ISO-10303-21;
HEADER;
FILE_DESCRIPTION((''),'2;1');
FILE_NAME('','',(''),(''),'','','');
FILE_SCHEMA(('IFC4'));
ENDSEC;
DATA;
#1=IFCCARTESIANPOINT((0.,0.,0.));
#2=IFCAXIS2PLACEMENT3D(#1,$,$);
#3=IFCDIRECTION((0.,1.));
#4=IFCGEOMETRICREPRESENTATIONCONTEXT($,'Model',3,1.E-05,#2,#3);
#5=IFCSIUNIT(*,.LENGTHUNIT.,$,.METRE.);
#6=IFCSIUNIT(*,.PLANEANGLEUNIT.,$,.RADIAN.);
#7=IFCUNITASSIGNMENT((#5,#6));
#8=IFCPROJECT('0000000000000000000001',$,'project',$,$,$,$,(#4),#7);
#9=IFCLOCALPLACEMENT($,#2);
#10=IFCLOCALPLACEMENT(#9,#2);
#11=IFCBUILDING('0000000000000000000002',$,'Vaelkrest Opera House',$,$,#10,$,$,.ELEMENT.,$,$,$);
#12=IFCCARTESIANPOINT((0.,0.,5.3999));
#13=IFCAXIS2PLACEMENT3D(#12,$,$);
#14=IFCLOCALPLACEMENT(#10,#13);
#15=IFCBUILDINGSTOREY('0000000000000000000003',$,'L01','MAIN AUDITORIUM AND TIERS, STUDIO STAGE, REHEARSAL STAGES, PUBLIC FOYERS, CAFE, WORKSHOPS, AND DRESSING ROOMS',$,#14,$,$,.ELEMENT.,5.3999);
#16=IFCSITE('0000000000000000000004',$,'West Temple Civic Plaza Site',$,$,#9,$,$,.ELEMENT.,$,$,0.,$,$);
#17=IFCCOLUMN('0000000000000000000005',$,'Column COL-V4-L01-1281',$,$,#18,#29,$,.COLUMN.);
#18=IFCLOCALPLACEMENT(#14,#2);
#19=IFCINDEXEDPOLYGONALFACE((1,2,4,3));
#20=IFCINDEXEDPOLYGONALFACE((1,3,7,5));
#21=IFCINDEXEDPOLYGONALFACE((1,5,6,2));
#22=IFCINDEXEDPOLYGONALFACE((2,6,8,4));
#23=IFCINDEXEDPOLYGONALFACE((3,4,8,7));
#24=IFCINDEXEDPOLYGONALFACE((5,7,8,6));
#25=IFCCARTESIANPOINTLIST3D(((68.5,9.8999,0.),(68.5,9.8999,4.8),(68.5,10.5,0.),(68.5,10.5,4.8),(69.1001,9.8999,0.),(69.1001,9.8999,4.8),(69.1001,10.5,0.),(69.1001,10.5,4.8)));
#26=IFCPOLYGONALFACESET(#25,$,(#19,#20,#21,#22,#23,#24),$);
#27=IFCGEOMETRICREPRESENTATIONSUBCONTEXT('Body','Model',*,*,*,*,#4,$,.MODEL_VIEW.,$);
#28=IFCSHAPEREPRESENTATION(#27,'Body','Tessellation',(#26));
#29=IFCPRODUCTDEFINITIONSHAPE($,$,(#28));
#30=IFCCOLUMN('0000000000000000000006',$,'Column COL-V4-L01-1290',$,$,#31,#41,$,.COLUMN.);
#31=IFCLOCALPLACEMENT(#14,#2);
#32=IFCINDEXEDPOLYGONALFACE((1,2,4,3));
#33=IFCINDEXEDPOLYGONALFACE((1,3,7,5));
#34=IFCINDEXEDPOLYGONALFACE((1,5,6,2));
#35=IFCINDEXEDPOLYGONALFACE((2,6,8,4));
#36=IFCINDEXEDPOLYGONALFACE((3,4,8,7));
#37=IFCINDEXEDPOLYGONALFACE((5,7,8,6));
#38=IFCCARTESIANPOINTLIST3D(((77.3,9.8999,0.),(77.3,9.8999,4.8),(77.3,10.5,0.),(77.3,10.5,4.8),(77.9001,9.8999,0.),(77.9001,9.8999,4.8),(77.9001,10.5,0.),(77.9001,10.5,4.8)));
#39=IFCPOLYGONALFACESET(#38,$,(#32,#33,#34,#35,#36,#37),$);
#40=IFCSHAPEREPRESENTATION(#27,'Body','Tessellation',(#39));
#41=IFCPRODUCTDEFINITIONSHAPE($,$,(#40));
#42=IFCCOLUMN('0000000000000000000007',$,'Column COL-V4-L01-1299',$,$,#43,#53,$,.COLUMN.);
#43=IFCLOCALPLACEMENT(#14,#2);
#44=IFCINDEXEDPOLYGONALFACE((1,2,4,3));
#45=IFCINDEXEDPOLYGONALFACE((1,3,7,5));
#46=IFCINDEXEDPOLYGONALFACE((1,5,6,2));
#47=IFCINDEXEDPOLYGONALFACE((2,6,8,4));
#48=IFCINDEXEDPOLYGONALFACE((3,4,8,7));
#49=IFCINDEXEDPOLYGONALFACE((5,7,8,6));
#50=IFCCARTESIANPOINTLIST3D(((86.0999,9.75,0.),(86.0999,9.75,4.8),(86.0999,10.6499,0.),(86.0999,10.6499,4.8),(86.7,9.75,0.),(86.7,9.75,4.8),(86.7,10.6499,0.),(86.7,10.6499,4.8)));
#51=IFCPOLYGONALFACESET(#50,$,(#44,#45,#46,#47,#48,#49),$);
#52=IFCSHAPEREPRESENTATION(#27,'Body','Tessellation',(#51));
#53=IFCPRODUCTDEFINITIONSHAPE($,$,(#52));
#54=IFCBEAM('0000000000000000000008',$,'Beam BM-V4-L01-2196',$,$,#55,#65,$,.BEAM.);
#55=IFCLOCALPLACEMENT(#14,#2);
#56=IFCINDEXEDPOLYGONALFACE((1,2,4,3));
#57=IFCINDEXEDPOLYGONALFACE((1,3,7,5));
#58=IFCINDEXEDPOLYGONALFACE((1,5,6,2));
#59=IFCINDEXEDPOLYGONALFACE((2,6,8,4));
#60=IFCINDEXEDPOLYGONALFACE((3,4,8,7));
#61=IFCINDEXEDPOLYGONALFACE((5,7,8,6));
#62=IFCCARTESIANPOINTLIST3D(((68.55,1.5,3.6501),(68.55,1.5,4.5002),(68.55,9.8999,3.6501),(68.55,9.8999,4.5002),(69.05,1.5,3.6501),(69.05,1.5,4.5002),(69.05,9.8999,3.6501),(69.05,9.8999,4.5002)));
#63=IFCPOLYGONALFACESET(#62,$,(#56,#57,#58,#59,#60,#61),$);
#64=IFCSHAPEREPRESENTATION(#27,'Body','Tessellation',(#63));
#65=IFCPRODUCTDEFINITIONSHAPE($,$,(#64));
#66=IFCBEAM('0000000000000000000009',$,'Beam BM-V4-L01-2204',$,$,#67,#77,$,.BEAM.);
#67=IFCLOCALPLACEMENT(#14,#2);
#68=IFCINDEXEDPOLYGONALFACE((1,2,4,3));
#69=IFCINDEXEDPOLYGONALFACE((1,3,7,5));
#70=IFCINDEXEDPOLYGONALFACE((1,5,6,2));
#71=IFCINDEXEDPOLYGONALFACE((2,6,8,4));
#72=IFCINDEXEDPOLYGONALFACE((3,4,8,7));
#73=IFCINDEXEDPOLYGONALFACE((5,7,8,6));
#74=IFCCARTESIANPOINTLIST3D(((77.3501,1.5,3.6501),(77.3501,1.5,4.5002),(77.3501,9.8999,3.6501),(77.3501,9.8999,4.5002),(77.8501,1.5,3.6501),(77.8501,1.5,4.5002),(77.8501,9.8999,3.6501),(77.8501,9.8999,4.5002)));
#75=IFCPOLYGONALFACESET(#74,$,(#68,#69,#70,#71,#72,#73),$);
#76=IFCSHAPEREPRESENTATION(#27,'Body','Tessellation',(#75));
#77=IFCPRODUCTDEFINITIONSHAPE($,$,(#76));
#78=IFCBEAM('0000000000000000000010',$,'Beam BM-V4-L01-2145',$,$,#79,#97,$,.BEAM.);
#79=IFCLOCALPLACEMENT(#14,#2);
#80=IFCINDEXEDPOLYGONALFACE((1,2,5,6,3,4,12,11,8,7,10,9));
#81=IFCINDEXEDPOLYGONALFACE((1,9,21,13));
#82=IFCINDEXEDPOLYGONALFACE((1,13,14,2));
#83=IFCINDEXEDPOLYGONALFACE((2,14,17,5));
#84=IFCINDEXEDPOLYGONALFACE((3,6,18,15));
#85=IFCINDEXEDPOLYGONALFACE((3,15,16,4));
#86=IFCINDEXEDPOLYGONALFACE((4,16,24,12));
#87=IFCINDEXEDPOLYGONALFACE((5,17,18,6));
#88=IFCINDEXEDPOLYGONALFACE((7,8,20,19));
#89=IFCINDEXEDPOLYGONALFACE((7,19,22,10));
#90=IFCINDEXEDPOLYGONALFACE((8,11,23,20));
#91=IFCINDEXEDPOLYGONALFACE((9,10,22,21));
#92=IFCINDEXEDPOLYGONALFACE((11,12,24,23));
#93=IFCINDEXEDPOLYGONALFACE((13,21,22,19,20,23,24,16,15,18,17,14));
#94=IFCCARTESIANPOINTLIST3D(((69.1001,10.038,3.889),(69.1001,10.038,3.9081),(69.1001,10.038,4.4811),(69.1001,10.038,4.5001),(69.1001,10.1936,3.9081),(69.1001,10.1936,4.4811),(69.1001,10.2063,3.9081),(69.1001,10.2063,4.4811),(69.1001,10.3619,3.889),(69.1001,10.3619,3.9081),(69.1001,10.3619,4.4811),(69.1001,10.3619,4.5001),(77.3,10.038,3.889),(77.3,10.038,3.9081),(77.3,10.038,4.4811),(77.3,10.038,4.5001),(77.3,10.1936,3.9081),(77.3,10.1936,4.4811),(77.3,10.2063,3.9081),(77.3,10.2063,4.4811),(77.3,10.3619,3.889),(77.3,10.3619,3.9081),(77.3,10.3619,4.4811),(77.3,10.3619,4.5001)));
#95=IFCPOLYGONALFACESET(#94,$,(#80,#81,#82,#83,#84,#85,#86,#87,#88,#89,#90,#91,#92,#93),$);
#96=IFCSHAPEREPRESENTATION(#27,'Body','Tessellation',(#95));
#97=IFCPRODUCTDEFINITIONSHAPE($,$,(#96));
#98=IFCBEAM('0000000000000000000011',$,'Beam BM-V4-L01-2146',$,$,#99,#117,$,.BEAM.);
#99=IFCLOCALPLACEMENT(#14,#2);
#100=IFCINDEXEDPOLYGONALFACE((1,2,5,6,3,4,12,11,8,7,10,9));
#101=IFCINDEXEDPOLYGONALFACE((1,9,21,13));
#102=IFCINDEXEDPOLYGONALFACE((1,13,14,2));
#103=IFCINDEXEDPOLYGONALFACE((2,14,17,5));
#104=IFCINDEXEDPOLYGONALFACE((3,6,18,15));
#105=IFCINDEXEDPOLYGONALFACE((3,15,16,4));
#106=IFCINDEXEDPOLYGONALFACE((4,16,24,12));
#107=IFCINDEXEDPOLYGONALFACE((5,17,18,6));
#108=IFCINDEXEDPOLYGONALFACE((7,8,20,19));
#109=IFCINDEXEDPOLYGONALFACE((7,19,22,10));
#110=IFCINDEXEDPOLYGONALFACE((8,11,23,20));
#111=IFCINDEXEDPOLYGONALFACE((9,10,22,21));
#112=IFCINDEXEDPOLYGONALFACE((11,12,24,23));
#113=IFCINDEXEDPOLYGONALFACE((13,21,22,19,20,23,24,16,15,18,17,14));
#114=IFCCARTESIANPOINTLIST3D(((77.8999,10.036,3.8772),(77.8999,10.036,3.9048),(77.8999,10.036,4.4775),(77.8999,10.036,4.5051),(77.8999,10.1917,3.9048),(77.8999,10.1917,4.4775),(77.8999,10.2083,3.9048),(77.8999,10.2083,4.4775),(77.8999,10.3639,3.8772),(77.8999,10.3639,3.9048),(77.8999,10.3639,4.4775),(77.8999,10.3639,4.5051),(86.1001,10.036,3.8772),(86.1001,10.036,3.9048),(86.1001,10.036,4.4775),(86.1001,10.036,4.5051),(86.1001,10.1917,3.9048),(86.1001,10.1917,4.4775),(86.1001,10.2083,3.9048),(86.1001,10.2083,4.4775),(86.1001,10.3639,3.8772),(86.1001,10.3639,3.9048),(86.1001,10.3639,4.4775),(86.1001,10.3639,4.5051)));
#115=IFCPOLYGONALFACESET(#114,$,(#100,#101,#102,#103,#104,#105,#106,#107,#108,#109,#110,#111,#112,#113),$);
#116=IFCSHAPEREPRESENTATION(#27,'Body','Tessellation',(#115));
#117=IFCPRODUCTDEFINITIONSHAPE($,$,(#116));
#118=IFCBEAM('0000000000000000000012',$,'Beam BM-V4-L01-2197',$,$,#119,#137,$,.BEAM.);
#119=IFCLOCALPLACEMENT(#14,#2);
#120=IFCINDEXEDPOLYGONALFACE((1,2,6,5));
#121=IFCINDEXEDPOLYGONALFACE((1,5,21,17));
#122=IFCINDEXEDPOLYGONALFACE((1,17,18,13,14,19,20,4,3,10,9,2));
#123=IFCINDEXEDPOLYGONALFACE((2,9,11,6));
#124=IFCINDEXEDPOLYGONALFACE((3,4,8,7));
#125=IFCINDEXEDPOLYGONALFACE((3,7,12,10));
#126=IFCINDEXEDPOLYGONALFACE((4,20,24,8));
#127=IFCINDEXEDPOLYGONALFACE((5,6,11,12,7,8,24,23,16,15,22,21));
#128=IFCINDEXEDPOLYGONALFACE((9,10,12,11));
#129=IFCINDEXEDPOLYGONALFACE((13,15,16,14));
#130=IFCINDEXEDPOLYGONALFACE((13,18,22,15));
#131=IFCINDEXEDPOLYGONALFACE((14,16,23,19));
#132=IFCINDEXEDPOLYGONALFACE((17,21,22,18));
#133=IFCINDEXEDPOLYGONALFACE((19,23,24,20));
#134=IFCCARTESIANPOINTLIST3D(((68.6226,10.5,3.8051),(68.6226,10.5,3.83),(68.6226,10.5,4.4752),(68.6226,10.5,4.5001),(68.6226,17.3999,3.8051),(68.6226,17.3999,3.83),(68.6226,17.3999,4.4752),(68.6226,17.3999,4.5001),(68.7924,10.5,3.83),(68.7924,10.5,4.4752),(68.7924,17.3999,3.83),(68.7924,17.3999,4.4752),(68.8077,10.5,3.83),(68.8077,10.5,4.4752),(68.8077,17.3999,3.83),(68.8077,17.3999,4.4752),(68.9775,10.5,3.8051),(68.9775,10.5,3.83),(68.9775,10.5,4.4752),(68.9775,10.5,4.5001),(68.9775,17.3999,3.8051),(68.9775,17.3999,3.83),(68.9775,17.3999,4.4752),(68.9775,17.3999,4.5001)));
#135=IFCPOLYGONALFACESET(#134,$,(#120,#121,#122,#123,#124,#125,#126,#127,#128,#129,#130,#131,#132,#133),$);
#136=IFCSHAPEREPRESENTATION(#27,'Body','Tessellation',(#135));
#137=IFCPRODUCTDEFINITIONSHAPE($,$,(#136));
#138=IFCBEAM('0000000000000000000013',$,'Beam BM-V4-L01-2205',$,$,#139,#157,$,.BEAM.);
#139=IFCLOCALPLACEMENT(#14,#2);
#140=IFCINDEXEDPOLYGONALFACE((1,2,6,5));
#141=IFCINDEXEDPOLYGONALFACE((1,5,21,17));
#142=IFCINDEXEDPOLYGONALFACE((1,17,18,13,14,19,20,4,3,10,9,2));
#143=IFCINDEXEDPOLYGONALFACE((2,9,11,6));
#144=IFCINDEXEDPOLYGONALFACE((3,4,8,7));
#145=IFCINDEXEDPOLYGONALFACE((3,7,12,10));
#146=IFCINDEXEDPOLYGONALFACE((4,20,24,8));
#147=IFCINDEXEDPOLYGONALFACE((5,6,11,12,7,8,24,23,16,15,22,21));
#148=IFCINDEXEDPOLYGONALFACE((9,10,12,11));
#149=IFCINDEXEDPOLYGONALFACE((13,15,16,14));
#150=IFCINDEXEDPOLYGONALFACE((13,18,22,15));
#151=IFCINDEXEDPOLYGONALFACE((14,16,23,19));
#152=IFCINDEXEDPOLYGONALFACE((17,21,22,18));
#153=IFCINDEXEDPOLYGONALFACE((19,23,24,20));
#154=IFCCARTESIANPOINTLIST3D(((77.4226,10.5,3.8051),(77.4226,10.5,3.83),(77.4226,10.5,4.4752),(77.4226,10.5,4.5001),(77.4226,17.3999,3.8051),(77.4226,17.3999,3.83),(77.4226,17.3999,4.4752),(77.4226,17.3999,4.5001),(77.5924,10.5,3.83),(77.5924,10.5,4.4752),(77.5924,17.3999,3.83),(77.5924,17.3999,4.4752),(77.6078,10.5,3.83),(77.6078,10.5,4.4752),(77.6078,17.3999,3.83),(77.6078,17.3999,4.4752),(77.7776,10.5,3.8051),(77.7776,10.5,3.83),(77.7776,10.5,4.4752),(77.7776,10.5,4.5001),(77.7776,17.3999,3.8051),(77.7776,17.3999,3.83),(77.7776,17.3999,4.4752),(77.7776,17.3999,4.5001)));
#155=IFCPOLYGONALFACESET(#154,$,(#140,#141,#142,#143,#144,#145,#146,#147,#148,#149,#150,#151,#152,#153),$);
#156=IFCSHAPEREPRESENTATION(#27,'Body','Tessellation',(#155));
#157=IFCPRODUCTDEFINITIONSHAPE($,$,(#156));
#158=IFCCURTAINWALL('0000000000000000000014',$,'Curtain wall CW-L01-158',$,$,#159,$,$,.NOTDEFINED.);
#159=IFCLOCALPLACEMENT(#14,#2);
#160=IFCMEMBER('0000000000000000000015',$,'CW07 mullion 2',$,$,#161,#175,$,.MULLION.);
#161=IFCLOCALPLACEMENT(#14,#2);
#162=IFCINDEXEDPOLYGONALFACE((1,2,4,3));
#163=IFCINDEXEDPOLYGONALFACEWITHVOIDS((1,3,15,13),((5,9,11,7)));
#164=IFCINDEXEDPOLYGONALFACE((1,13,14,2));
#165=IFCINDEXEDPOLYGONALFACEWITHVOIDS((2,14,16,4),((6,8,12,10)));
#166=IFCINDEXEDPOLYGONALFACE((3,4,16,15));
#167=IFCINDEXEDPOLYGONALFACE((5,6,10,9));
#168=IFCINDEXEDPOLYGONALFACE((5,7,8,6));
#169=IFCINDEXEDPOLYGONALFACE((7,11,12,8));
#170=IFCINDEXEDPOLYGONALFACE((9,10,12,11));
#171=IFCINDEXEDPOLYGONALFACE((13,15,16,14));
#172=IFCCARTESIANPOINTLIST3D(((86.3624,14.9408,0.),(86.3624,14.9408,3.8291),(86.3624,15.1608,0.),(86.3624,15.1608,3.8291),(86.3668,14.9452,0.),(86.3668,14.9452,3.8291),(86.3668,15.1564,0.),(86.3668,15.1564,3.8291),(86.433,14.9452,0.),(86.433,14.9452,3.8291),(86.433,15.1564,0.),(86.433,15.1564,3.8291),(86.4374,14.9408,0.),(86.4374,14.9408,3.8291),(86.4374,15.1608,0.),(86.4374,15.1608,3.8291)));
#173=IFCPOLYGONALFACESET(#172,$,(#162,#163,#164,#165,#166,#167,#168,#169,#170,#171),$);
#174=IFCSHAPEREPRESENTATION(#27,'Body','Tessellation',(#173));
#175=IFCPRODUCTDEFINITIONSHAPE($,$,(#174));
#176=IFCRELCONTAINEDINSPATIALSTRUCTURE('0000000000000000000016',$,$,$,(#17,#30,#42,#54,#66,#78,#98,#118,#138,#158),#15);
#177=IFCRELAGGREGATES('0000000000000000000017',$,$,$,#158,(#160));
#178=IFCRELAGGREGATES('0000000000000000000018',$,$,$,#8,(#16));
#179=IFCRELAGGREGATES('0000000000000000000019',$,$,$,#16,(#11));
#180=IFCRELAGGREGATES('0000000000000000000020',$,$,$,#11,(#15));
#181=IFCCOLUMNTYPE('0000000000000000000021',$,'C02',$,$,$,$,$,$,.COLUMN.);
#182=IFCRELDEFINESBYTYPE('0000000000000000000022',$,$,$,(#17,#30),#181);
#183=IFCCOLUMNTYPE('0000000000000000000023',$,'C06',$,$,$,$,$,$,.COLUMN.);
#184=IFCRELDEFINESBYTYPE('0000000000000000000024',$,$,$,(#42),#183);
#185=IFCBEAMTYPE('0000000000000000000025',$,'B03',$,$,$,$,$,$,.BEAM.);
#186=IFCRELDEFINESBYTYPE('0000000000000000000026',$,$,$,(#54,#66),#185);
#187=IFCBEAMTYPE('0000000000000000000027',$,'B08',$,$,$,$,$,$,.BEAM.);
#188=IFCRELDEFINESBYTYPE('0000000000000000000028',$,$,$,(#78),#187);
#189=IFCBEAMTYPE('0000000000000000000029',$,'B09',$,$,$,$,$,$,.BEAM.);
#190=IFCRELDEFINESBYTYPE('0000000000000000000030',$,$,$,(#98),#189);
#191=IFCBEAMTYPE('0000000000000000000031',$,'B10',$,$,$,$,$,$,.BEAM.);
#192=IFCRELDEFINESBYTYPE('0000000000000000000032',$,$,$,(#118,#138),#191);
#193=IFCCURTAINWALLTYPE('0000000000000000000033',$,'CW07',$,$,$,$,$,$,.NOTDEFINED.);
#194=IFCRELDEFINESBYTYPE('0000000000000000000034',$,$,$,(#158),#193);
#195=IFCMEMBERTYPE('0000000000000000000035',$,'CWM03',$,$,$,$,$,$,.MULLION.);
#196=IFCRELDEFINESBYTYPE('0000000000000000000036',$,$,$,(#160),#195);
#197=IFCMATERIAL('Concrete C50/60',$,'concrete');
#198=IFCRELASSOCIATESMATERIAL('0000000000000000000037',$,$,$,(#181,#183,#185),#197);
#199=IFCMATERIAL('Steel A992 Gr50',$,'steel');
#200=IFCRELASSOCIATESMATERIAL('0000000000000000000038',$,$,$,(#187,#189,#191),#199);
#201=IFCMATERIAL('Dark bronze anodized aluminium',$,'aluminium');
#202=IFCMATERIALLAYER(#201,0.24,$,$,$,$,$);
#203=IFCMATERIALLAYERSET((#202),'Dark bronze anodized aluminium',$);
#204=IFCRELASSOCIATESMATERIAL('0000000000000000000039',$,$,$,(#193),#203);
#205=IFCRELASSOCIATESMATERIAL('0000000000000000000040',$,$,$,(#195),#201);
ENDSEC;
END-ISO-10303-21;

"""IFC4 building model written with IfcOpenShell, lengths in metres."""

from ifc_helpers import new_model, si_unit, direction, frame, origin, origin_2d, place, context, subcontext, project, spatial, rectangle, hollow_rectangle, i_section, extrude, material, layer, layer_set, material_profile, profile_set, type_object, element, aggregate, save


model = new_model("IFC4")

# Units and contexts
model_context = context("Model", 3, precision=1e-05, world=origin(), true_north=direction((0.0, 1.0)))
body_context = subcontext(model_context, "Body", "Model", "MODEL_VIEW")
ifc_project = project(units=[si_unit("LENGTHUNIT", "METRE"), si_unit("PLANEANGLEUNIT", "RADIAN")], contexts=[model_context])

# Site, building, storey
site_placement = place(None, origin())
site = spatial("IfcSite", under=ifc_project, at=site_placement, Name="West Temple Civic Plaza Site", CompositionType="ELEMENT", RefElevation=0.0)
building_placement = place(site_placement, origin())
building = spatial("IfcBuilding", under=site, at=building_placement, Name="Vaelkrest Opera House", CompositionType="ELEMENT")
storey_placement = place(building_placement, frame((0.0, 0.0, 5.3999)))
storey = spatial("IfcBuildingStorey", under=building, at=storey_placement, Name="L01", Description="MAIN AUDITORIUM AND TIERS, STUDIO STAGE, REHEARSAL STAGES, PUBLIC FOYERS, CAFE, WORKSHOPS, AND DRESSING ROOMS", CompositionType="ELEMENT", Elevation=5.3999)

# Columns
ifc_material_1 = material(Name="Concrete C50/60", Category="concrete")
ifc_material_profile_1 = material_profile(ifc_material_1, rectangle(XDim=0.6001, YDim=0.6001, at=origin_2d()), Name="RC600X600")
ifc_profile_set_1 = profile_set([ifc_material_profile_1], Name="Concrete C50/60")
column_type_1 = type_object("IfcColumnType", Name="C02", PredefinedType="COLUMN", material=ifc_profile_set_1)
for number, where, z_axis, x_axis, name in (
    (1, (68.8, 10.2, 0.0), (0.0, 0.0, 1.0), (1.0, 0.0, 0.0), "Column COL-V4-L01-1281"),
    (2, (77.6001, 10.2, 0.0), (0.0, 0.0, 1.0), (1.0, 0.0, 0.0), "Column COL-V4-L01-1290"),
):
    element("IfcColumn", number, at=place(storey_placement, frame(where, z_axis=z_axis, x_axis=x_axis)), inside=storey, type_object=column_type_1, Name=name, PredefinedType="COLUMN", context=body_context, shape_type="SweptSolid", body=[
        extrude(rectangle(XDim=0.6001, YDim=0.6001, at=origin_2d()), origin(), (0.0, 0.0, 1.0), 4.8),
    ])
ifc_material_profile_2 = material_profile(ifc_material_1, rectangle(XDim=0.6001, YDim=0.8999, at=origin_2d()), Name="RC600X900")
ifc_profile_set_2 = profile_set([ifc_material_profile_2], Name="Concrete C50/60")
column_type_2 = type_object("IfcColumnType", Name="C06", PredefinedType="COLUMN", material=ifc_profile_set_2)
column_placement = place(storey_placement, frame((86.3999, 10.2, 0.0), z_axis=(0.0, 0.0, 1.0), x_axis=(1.0, 0.0, 0.0)))
element("IfcColumn", 3, at=column_placement, inside=storey, type_object=column_type_2, Name="Column COL-V4-L01-1299", PredefinedType="COLUMN", context=body_context, shape_type="SweptSolid", body=[
    extrude(rectangle(XDim=0.6001, YDim=0.8999, at=origin_2d()), origin(), (0.0, 0.0, 1.0), 4.8),
])

# Beams
ifc_material_profile_3 = material_profile(ifc_material_1, rectangle(XDim=0.5, YDim=0.8501, at=origin_2d()), Name="RCB500X850")
ifc_profile_set_3 = profile_set([ifc_material_profile_3], Name="Concrete C50/60")
beam_type_1 = type_object("IfcBeamType", Name="B03", PredefinedType="BEAM", material=ifc_profile_set_3)
for number, where, z_axis, x_axis, name in (
    (4, (68.8, 1.5, 4.0752), (0.0, 1.0, 0.0), (-1.0, 0.0, 0.0), "Beam BM-V4-L01-2196"),
    (5, (77.6001, 1.5, 4.0752), (0.0, 1.0, 0.0), (-1.0, 0.0, 0.0), "Beam BM-V4-L01-2204"),
):
    element("IfcBeam", number, at=place(storey_placement, frame(where, z_axis=z_axis, x_axis=x_axis)), inside=storey, type_object=beam_type_1, Name=name, PredefinedType="BEAM", context=body_context, shape_type="SweptSolid", body=[
        extrude(rectangle(XDim=0.5, YDim=0.8501, at=origin_2d()), origin(), (0.0, 0.0, 1.0), 8.3999),
    ])
ifc_material_2 = material(Name="Steel A992 Gr50", Category="steel")
ifc_material_profile_4 = material_profile(ifc_material_2, i_section(OverallWidth=0.324, OverallDepth=0.6111, WebThickness=0.0127, FlangeThickness=0.019, at=origin_2d()), Name="W24X104")
ifc_profile_set_4 = profile_set([ifc_material_profile_4], Name="Steel A992 Gr50")
beam_type_2 = type_object("IfcBeamType", Name="B08", PredefinedType="BEAM", material=ifc_profile_set_4)
beam_1_placement = place(storey_placement, frame((69.1001, 10.2, 4.1946), z_axis=(1.0, 0.0, 0.0), x_axis=(0.0, 1.0, 0.0)))
element("IfcBeam", 6, at=beam_1_placement, inside=storey, type_object=beam_type_2, Name="Beam BM-V4-L01-2145", PredefinedType="BEAM", context=body_context, shape_type="SweptSolid", body=[
    extrude(i_section(OverallWidth=0.324, OverallDepth=0.6111, WebThickness=0.0127, FlangeThickness=0.019, at=origin_2d()), origin(), (0.0, 0.0, 1.0), 8.2),
])
ifc_material_profile_5 = material_profile(ifc_material_2, i_section(OverallWidth=0.3279, OverallDepth=0.6279, WebThickness=0.0166, FlangeThickness=0.0276, at=origin_2d()), Name="W24X146")
ifc_profile_set_5 = profile_set([ifc_material_profile_5], Name="Steel A992 Gr50")
beam_type_3 = type_object("IfcBeamType", Name="B09", PredefinedType="BEAM", material=ifc_profile_set_5)
beam_2_placement = place(storey_placement, frame((77.8999, 10.2, 4.1912), z_axis=(1.0, 0.0, 0.0), x_axis=(0.0, 1.0, 0.0)))
element("IfcBeam", 7, at=beam_2_placement, inside=storey, type_object=beam_type_3, Name="Beam BM-V4-L01-2146", PredefinedType="BEAM", context=body_context, shape_type="SweptSolid", body=[
    extrude(i_section(OverallWidth=0.3279, OverallDepth=0.6279, WebThickness=0.0166, FlangeThickness=0.0276, at=origin_2d()), origin(), (0.0, 0.0, 1.0), 8.2002),
])
ifc_material_profile_6 = material_profile(ifc_material_2, i_section(OverallWidth=0.355, OverallDepth=0.6951, WebThickness=0.0154, FlangeThickness=0.0249, at=origin_2d()), Name="W27X146")
ifc_profile_set_6 = profile_set([ifc_material_profile_6], Name="Steel A992 Gr50")
beam_type_4 = type_object("IfcBeamType", Name="B10", PredefinedType="BEAM", material=ifc_profile_set_6)
for number, where, z_axis, x_axis, name in (
    (8, (68.8, 10.5, 4.1526), (0.0, 1.0, 0.0), (-1.0, 0.0, 0.0), "Beam BM-V4-L01-2197"),
    (9, (77.6001, 10.5, 4.1526), (0.0, 1.0, 0.0), (-1.0, 0.0, 0.0), "Beam BM-V4-L01-2205"),
):
    element("IfcBeam", number, at=place(storey_placement, frame(where, z_axis=z_axis, x_axis=x_axis)), inside=storey, type_object=beam_type_4, Name=name, PredefinedType="BEAM", context=body_context, shape_type="SweptSolid", body=[
        extrude(i_section(OverallWidth=0.355, OverallDepth=0.6951, WebThickness=0.0154, FlangeThickness=0.0249, at=origin_2d()), origin(), (0.0, 0.0, 1.0), 6.8999),
    ])

# Curtain wall, member
ifc_material_3 = material(Name="Dark bronze anodized aluminium", Category="aluminium")
ifc_layer_1 = layer(ifc_material_3, 0.24)
ifc_layer_set_1 = layer_set([ifc_layer_1], Name="Dark bronze anodized aluminium")
curtain_wall_type = type_object("IfcCurtainWallType", Name="CW07", PredefinedType="NOTDEFINED", material=ifc_layer_set_1)
curtain_wall_placement = place(storey_placement, origin())
curtain_wall = element("IfcCurtainWall", 10, at=curtain_wall_placement, inside=storey, type_object=curtain_wall_type, Name="Curtain wall CW-L01-158", PredefinedType="NOTDEFINED")
ifc_material_profile_7 = material_profile(ifc_material_3, hollow_rectangle(XDim=0.075, YDim=0.22, WallThickness=0.0044, at=origin_2d()), Name="CWM75X220")
ifc_profile_set_7 = profile_set([ifc_material_profile_7], Name="Dark bronze anodized aluminium")
member_type_1 = type_object("IfcMemberType", Name="CWM03", PredefinedType="MULLION", material=ifc_profile_set_7)
member_1_placement = place(storey_placement, frame((86.3999, 15.0508, 0.0), z_axis=(0.0, 0.0, 1.0), x_axis=(1.0, 0.0, 0.0)))
member_1 = element("IfcMember", 11, at=member_1_placement, type_object=member_type_1, Name="CW07 mullion 2", PredefinedType="MULLION", context=body_context, shape_type="SweptSolid", body=[
    extrude(hollow_rectangle(XDim=0.075, YDim=0.22, WallThickness=0.0044, at=origin_2d()), origin(), (0.0, 0.0, 1.0), 3.8291),
])

aggregate(curtain_wall, [member_1])

save(model, "model.ifc")
